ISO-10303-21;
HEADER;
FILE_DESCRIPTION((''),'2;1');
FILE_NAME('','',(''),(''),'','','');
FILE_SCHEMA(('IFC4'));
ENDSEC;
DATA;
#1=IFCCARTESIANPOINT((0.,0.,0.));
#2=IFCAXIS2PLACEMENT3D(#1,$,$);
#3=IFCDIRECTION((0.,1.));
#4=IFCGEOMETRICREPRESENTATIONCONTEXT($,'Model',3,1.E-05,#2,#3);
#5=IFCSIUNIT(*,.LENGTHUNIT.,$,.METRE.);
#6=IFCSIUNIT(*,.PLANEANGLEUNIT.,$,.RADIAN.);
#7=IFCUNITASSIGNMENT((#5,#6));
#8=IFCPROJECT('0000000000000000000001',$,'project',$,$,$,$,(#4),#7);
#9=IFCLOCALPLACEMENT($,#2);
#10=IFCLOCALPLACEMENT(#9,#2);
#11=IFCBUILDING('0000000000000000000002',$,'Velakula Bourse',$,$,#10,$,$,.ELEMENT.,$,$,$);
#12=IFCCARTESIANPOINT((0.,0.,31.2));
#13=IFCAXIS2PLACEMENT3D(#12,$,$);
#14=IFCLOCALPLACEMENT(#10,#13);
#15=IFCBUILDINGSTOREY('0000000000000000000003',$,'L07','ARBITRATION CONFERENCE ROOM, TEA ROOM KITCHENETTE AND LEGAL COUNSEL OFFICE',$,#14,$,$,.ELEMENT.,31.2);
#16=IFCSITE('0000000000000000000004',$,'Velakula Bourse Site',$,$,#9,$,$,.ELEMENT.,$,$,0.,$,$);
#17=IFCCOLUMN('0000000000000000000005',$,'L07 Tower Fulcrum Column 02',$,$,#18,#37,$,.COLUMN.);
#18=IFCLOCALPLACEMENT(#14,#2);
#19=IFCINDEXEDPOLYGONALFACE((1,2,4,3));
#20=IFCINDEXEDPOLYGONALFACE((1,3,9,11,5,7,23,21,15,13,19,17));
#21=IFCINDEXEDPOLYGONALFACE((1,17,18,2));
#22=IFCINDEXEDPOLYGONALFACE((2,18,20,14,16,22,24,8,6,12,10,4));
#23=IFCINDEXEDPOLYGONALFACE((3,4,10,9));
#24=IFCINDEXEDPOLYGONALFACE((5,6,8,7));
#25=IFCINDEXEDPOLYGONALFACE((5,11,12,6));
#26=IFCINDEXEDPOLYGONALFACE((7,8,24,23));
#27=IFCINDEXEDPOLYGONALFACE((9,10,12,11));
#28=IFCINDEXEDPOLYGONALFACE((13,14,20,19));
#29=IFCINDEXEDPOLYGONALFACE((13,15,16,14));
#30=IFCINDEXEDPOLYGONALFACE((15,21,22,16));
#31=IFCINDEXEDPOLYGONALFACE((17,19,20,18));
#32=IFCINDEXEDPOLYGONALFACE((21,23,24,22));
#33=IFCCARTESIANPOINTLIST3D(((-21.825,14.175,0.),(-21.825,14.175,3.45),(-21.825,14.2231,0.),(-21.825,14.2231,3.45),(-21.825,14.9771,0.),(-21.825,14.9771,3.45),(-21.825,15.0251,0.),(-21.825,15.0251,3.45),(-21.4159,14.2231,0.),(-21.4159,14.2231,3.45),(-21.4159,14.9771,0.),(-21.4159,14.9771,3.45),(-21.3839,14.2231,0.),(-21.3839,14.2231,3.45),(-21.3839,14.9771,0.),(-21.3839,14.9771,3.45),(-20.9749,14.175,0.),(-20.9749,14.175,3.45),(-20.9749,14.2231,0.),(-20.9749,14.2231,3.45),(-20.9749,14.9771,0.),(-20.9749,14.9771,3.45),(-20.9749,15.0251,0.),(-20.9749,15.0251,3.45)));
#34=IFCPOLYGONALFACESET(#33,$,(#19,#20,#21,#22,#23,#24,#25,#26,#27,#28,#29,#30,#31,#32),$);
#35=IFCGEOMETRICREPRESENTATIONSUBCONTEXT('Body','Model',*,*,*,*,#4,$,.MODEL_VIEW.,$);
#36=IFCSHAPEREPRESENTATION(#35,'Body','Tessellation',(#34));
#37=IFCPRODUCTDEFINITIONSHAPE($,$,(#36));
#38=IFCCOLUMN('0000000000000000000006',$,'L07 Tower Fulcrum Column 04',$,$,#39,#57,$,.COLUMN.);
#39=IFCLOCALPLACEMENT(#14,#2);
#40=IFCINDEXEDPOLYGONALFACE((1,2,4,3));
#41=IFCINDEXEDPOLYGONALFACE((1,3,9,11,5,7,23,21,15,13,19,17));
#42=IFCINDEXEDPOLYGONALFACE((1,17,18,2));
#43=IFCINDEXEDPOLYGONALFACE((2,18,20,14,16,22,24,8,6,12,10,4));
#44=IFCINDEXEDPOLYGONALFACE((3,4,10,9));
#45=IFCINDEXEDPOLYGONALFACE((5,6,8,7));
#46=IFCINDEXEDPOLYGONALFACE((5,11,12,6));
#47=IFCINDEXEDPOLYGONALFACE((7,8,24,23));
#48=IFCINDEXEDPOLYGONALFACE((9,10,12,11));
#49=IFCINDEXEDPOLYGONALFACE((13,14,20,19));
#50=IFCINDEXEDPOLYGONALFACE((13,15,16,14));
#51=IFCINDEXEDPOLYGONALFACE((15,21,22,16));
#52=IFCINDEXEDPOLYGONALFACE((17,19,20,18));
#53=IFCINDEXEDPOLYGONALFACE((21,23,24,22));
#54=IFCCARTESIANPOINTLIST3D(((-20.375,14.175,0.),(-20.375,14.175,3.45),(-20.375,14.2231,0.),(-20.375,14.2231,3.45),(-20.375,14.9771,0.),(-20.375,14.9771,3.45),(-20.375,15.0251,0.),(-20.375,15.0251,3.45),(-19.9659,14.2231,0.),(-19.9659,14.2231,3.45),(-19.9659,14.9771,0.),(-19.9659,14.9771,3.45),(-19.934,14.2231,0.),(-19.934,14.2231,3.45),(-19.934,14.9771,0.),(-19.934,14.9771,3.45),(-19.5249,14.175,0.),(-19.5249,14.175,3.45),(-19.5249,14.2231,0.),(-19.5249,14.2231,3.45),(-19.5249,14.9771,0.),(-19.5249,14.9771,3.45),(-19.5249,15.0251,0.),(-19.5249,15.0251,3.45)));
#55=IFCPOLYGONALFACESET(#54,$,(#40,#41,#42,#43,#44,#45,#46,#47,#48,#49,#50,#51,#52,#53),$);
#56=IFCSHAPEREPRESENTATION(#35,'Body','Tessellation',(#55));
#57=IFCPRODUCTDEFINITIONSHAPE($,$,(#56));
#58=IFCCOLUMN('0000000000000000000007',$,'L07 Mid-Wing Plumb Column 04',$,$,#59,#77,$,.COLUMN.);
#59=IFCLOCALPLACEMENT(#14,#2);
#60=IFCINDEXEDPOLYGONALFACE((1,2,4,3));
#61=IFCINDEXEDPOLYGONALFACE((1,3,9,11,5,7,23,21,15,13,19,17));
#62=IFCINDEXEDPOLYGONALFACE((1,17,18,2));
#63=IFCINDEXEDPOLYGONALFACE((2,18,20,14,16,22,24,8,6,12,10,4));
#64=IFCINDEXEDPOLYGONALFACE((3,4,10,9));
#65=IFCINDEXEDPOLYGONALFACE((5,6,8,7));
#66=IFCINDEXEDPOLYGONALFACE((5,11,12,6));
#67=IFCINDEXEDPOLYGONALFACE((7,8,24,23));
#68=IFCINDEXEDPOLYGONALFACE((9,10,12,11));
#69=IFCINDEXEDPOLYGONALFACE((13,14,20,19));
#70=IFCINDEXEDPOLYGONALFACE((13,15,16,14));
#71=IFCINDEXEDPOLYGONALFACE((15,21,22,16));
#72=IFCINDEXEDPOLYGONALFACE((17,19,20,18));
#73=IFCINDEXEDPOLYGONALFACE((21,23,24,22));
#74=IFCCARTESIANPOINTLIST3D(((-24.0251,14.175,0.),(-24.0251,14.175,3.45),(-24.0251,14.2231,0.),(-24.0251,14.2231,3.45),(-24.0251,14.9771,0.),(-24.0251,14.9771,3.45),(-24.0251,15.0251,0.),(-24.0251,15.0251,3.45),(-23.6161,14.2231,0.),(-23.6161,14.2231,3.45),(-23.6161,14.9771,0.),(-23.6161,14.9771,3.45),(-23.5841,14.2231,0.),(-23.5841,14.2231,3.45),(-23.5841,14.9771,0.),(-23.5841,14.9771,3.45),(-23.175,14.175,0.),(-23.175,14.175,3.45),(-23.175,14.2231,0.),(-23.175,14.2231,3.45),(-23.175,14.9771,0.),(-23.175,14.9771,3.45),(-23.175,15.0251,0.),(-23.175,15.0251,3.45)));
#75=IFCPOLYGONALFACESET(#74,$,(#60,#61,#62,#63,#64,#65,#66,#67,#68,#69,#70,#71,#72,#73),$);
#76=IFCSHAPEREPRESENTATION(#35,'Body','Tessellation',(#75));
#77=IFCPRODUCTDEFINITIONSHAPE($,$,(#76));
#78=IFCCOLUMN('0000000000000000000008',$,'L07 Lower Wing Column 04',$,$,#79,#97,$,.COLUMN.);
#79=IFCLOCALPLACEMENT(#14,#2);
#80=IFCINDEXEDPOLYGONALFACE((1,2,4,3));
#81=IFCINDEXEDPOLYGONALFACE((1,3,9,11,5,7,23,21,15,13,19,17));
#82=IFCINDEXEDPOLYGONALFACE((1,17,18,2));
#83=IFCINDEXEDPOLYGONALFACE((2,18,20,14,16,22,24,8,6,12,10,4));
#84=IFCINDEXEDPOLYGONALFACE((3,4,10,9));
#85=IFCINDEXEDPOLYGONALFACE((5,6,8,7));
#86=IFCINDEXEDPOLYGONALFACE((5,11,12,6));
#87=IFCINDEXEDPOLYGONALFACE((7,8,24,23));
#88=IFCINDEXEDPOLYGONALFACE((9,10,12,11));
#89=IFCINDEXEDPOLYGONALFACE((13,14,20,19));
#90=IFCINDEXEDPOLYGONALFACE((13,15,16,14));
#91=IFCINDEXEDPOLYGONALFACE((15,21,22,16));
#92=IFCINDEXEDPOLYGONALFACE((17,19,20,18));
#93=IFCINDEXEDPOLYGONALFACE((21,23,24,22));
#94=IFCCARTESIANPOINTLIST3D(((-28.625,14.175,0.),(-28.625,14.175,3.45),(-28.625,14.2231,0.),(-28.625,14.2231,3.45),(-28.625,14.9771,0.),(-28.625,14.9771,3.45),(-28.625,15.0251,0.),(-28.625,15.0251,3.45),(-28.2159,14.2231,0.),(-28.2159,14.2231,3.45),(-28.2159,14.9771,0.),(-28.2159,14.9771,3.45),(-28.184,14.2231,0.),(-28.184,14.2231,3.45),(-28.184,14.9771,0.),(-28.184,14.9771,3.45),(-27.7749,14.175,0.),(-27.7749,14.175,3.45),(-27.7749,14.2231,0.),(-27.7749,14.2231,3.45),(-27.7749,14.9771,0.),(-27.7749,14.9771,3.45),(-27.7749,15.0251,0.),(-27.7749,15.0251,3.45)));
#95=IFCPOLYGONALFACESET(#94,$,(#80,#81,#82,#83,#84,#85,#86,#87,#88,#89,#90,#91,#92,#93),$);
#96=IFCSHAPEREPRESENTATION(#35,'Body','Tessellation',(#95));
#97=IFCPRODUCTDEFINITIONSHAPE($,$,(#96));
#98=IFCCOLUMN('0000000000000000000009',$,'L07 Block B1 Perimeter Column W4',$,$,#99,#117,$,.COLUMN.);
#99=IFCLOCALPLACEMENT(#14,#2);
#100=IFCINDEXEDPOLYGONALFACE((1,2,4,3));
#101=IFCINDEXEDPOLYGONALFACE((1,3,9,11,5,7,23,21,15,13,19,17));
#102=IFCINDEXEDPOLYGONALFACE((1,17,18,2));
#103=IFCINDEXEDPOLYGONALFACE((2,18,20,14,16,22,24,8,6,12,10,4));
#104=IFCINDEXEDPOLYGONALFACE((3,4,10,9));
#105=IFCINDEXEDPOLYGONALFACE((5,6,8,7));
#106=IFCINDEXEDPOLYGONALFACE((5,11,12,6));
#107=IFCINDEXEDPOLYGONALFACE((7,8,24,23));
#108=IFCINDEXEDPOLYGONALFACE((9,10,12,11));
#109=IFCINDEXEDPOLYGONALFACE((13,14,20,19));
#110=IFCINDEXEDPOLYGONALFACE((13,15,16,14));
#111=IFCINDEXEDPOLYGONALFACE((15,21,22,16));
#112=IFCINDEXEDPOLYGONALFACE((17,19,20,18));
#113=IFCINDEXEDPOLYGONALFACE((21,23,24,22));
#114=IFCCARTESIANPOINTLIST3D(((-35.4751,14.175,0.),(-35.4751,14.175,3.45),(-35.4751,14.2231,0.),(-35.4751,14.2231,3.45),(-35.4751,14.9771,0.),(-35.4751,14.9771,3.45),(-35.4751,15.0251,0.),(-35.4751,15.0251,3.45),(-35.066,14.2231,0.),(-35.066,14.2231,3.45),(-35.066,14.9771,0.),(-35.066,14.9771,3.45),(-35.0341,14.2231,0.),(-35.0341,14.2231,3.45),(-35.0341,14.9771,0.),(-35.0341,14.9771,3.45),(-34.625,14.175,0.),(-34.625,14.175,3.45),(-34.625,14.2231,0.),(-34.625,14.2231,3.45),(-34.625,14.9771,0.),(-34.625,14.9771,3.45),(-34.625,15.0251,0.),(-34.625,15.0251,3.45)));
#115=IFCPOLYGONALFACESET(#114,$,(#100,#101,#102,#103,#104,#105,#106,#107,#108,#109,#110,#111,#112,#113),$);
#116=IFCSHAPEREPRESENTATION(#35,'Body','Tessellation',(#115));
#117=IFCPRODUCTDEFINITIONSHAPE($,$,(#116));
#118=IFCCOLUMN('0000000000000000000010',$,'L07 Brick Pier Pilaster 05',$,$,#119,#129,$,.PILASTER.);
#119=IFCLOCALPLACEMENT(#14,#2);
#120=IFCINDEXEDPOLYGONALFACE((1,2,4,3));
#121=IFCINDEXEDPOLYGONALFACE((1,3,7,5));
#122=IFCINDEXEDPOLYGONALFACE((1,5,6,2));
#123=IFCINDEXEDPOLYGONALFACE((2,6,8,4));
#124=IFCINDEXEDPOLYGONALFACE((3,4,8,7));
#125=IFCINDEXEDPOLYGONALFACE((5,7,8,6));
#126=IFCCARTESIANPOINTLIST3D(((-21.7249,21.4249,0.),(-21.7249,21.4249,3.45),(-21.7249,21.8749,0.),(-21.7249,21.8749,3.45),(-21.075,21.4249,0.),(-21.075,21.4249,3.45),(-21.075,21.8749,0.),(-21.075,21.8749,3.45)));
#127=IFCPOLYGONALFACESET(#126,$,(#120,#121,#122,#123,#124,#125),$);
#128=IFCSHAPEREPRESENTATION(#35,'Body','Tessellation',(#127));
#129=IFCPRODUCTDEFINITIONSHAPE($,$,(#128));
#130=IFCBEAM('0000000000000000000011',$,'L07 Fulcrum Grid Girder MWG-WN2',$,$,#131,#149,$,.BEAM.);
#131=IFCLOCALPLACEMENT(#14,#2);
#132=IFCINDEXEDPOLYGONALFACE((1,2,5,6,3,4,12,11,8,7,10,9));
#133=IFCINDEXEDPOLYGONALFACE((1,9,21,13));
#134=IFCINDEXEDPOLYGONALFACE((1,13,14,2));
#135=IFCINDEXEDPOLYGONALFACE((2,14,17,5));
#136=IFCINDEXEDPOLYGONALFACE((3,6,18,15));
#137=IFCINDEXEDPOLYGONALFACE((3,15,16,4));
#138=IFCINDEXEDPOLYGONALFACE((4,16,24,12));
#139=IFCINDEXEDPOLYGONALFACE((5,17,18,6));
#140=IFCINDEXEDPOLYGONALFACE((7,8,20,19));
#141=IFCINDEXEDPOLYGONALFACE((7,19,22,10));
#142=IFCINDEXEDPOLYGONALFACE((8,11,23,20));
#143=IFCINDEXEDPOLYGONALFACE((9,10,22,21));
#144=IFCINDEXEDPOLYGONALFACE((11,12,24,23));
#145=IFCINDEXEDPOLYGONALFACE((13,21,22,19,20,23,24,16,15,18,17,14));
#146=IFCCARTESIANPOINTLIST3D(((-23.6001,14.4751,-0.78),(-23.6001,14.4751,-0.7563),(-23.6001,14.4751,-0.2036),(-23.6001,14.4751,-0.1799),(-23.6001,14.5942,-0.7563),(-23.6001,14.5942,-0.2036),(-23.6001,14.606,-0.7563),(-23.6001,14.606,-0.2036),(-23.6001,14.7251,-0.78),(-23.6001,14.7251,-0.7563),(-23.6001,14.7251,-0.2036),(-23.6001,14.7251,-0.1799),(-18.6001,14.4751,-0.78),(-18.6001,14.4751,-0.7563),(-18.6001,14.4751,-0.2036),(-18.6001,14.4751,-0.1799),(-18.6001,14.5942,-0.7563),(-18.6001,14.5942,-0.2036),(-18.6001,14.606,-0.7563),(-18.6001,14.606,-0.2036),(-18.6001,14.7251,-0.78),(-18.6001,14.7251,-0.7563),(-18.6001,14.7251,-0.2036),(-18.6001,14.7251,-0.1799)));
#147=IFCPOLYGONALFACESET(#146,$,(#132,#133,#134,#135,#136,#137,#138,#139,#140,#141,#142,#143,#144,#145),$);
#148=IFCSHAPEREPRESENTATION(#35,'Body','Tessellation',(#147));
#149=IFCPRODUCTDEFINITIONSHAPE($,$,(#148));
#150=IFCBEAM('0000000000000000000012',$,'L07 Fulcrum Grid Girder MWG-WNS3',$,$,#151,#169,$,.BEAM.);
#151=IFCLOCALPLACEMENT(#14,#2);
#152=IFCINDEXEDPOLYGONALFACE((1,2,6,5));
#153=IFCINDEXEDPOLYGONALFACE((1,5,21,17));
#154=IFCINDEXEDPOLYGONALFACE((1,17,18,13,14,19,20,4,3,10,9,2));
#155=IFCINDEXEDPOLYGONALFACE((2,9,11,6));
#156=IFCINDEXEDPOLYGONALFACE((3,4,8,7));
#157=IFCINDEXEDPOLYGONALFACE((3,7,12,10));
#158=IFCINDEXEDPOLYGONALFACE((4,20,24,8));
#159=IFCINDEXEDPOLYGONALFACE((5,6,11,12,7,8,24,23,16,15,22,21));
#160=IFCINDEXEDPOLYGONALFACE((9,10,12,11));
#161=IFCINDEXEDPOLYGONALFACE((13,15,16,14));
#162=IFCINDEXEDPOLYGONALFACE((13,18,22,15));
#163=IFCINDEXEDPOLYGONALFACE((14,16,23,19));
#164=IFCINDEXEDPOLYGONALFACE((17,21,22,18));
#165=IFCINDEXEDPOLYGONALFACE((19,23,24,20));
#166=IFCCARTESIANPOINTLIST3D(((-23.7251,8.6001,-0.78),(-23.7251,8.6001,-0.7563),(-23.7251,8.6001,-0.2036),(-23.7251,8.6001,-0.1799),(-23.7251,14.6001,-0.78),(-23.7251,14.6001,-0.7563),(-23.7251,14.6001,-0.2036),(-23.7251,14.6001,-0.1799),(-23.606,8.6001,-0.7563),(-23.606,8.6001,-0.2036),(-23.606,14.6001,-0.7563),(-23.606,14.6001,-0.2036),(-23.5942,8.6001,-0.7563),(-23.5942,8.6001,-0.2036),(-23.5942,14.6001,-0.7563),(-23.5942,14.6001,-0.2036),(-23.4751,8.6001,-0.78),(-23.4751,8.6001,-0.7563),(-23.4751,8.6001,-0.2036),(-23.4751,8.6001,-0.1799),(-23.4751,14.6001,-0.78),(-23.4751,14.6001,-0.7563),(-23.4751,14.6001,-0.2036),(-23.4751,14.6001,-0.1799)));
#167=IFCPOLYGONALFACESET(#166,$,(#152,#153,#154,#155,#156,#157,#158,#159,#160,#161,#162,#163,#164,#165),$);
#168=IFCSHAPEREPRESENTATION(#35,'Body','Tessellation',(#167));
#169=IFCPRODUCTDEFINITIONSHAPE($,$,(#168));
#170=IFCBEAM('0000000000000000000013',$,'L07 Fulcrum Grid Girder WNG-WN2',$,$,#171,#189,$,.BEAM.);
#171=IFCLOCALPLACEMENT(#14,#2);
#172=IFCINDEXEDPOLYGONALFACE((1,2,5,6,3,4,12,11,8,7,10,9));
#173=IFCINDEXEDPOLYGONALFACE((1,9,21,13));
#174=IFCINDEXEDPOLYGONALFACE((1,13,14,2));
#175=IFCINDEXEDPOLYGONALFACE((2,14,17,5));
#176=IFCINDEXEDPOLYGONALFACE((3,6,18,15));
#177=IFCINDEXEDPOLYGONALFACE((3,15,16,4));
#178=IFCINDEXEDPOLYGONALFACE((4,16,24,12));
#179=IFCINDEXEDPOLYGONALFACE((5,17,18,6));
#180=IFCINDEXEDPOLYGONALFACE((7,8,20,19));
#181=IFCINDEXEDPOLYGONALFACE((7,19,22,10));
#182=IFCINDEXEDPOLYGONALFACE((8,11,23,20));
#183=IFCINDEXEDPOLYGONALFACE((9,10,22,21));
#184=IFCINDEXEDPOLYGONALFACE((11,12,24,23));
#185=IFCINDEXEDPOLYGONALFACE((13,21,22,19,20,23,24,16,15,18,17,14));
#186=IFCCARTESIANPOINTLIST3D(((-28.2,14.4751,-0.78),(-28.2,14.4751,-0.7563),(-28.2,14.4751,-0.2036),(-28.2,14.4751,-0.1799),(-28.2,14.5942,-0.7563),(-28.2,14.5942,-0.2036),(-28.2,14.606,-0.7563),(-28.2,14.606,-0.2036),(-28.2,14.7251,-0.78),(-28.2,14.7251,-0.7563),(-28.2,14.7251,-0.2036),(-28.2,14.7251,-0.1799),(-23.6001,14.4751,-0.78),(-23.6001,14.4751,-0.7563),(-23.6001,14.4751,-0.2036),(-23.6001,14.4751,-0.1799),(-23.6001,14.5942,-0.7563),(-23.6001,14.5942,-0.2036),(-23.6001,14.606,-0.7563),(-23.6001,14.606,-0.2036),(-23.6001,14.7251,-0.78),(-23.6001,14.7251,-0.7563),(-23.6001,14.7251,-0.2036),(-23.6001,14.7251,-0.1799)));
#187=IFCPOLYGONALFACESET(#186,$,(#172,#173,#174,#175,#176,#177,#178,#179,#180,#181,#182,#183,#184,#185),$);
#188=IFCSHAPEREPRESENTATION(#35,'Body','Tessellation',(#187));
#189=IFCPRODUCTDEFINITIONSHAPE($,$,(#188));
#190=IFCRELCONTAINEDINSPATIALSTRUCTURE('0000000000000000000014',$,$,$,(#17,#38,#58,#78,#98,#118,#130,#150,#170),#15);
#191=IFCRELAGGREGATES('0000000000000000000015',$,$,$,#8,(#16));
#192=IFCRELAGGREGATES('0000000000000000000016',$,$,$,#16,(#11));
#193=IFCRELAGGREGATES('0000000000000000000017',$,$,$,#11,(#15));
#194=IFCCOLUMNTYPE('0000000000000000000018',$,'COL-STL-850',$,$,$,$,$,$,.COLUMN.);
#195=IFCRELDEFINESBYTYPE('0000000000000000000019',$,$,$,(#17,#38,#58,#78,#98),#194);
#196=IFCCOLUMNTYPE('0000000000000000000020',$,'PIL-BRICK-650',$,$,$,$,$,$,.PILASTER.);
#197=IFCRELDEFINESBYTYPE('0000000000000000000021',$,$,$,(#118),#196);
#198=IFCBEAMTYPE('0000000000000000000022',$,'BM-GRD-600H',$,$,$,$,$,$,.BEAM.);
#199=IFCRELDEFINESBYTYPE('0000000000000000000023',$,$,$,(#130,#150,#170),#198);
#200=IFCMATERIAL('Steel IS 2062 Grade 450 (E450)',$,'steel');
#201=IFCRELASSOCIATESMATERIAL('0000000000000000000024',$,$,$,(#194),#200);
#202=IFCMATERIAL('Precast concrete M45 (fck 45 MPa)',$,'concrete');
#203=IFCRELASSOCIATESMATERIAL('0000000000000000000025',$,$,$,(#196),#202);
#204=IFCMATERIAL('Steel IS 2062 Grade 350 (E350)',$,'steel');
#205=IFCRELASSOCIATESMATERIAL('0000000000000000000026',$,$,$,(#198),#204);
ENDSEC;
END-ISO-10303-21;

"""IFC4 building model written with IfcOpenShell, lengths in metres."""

from ifc_helpers import new_model, si_unit, direction, frame, origin, origin_2d, place, context, subcontext, project, spatial, rectangle, i_section, extrude, material, material_profile, profile_set, type_object, element, save


model = new_model("IFC4")

# Units and contexts
model_context = context("Model", 3, precision=1e-05, world=origin(), true_north=direction((0.0, 1.0)))
body_context = subcontext(model_context, "Body", "Model", "MODEL_VIEW")
ifc_project = project(units=[si_unit("LENGTHUNIT", "METRE"), si_unit("PLANEANGLEUNIT", "RADIAN")], contexts=[model_context])

# Site, building, storey
site_placement = place(None, origin())
site = spatial("IfcSite", under=ifc_project, at=site_placement, Name="Velakula Bourse Site", CompositionType="ELEMENT", RefElevation=0.0)
building_placement = place(site_placement, origin())
building = spatial("IfcBuilding", under=site, at=building_placement, Name="Velakula Bourse", CompositionType="ELEMENT")
storey_placement = place(building_placement, frame((0.0, 0.0, 31.2)))
storey = spatial("IfcBuildingStorey", under=building, at=storey_placement, Name="L07", Description="ARBITRATION CONFERENCE ROOM, TEA ROOM KITCHENETTE AND LEGAL COUNSEL OFFICE", CompositionType="ELEMENT", Elevation=31.2)

# Columns
ifc_material_1 = material(Name="Steel IS 2062 Grade 450 (E450)", Category="steel")
ifc_material_profile_1 = material_profile(ifc_material_1, i_section(OverallWidth=0.8501, OverallDepth=0.8501, WebThickness=0.032, FlangeThickness=0.0481, at=origin_2d()), Name="Steel IS 2062 Grade 450 (E450)")
ifc_profile_set_1 = profile_set([ifc_material_profile_1], Name="Steel IS 2062 Grade 450 (E450)")
column_type_1 = type_object("IfcColumnType", Name="COL-STL-850", PredefinedType="COLUMN", material=ifc_profile_set_1)
for number, where, z_axis, x_axis, name in (
    (1, (-21.3999, 14.6001, 0.0), (0.0, 0.0, 1.0), (1.0, 0.0, 0.0), "L07 Tower Fulcrum Column 02"),
    (2, (-19.95, 14.6001, 0.0), (0.0, 0.0, 1.0), (1.0, 0.0, 0.0), "L07 Tower Fulcrum Column 04"),
    (3, (-23.6001, 14.6001, 0.0), (0.0, 0.0, 1.0), (1.0, 0.0, 0.0), "L07 Mid-Wing Plumb Column 04"),
    (4, (-28.2, 14.6001, 0.0), (0.0, 0.0, 1.0), (1.0, 0.0, 0.0), "L07 Lower Wing Column 04"),
    (5, (-35.05, 14.6001, 0.0), (0.0, 0.0, 1.0), (1.0, 0.0, 0.0), "L07 Block B1 Perimeter Column W4"),
):
    element("IfcColumn", number, at=place(storey_placement, frame(where, z_axis=z_axis, x_axis=x_axis)), inside=storey, type_object=column_type_1, Name=name, PredefinedType="COLUMN", context=body_context, shape_type="SweptSolid", body=[
        extrude(i_section(OverallWidth=0.8501, OverallDepth=0.8501, WebThickness=0.032, FlangeThickness=0.0481, at=origin_2d()), origin(), (0.0, 0.0, 1.0), 3.45),
    ])
ifc_material_2 = material(Name="Precast concrete M45 (fck 45 MPa)", Category="concrete")
ifc_material_profile_2 = material_profile(ifc_material_2, rectangle(XDim=0.6499, YDim=0.45, at=origin_2d()), Name="Precast concrete M45 (fck 45 MPa)")
ifc_profile_set_2 = profile_set([ifc_material_profile_2], Name="Precast concrete M45 (fck 45 MPa)")
column_type_2 = type_object("IfcColumnType", Name="PIL-BRICK-650", PredefinedType="PILASTER", material=ifc_profile_set_2)
column_placement = place(storey_placement, frame((-21.3999, 21.6499, 0.0), z_axis=(0.0, 0.0, 1.0), x_axis=(1.0, 0.0, 0.0)))
element("IfcColumn", 6, at=column_placement, inside=storey, type_object=column_type_2, Name="L07 Brick Pier Pilaster 05", PredefinedType="PILASTER", context=body_context, shape_type="SweptSolid", body=[
    extrude(rectangle(XDim=0.6499, YDim=0.45, at=origin_2d()), origin(), (0.0, 0.0, 1.0), 3.45),
])

# Beams
ifc_material_3 = material(Name="Steel IS 2062 Grade 350 (E350)", Category="steel")
ifc_material_profile_3 = material_profile(ifc_material_3, i_section(OverallWidth=0.25, OverallDepth=0.6001, WebThickness=0.0117, FlangeThickness=0.0237, at=origin_2d()), Name="Steel IS 2062 Grade 350 (E350)")
ifc_profile_set_3 = profile_set([ifc_material_profile_3], Name="Steel IS 2062 Grade 350 (E350)")
beam_type_1 = type_object("IfcBeamType", Name="BM-GRD-600H", PredefinedType="BEAM", material=ifc_profile_set_3)
beam_1_placement = place(storey_placement, frame((-23.6001, 14.6001, -0.48), z_axis=(1.0, 0.0, 0.0), x_axis=(0.0, 1.0, 0.0)))
element("IfcBeam", 7, at=beam_1_placement, inside=storey, type_object=beam_type_1, Name="L07 Fulcrum Grid Girder MWG-WN2", PredefinedType="BEAM", context=body_context, shape_type="SweptSolid", body=[
    extrude(i_section(OverallWidth=0.25, OverallDepth=0.6001, WebThickness=0.0117, FlangeThickness=0.0237, at=origin_2d()), origin(), (0.0, 0.0, 1.0), 5.0),
])
beam_2_placement = place(storey_placement, frame((-23.6001, 8.6001, -0.48), z_axis=(0.0, 1.0, 0.0), x_axis=(-1.0, 0.0, 0.0)))
element("IfcBeam", 8, at=beam_2_placement, inside=storey, type_object=beam_type_1, Name="L07 Fulcrum Grid Girder MWG-WNS3", PredefinedType="BEAM", context=body_context, shape_type="SweptSolid", body=[
    extrude(i_section(OverallWidth=0.25, OverallDepth=0.6001, WebThickness=0.0117, FlangeThickness=0.0237, at=origin_2d()), origin(), (0.0, 0.0, 1.0), 6.0),
])
beam_3_placement = place(storey_placement, frame((-28.2, 14.6001, -0.48), z_axis=(1.0, 0.0, 0.0), x_axis=(0.0, 1.0, 0.0)))
element("IfcBeam", 9, at=beam_3_placement, inside=storey, type_object=beam_type_1, Name="L07 Fulcrum Grid Girder WNG-WN2", PredefinedType="BEAM", context=body_context, shape_type="SweptSolid", body=[
    extrude(i_section(OverallWidth=0.25, OverallDepth=0.6001, WebThickness=0.0117, FlangeThickness=0.0237, at=origin_2d()), origin(), (0.0, 0.0, 1.0), 4.5999),
])

save(model, "model.ifc")
